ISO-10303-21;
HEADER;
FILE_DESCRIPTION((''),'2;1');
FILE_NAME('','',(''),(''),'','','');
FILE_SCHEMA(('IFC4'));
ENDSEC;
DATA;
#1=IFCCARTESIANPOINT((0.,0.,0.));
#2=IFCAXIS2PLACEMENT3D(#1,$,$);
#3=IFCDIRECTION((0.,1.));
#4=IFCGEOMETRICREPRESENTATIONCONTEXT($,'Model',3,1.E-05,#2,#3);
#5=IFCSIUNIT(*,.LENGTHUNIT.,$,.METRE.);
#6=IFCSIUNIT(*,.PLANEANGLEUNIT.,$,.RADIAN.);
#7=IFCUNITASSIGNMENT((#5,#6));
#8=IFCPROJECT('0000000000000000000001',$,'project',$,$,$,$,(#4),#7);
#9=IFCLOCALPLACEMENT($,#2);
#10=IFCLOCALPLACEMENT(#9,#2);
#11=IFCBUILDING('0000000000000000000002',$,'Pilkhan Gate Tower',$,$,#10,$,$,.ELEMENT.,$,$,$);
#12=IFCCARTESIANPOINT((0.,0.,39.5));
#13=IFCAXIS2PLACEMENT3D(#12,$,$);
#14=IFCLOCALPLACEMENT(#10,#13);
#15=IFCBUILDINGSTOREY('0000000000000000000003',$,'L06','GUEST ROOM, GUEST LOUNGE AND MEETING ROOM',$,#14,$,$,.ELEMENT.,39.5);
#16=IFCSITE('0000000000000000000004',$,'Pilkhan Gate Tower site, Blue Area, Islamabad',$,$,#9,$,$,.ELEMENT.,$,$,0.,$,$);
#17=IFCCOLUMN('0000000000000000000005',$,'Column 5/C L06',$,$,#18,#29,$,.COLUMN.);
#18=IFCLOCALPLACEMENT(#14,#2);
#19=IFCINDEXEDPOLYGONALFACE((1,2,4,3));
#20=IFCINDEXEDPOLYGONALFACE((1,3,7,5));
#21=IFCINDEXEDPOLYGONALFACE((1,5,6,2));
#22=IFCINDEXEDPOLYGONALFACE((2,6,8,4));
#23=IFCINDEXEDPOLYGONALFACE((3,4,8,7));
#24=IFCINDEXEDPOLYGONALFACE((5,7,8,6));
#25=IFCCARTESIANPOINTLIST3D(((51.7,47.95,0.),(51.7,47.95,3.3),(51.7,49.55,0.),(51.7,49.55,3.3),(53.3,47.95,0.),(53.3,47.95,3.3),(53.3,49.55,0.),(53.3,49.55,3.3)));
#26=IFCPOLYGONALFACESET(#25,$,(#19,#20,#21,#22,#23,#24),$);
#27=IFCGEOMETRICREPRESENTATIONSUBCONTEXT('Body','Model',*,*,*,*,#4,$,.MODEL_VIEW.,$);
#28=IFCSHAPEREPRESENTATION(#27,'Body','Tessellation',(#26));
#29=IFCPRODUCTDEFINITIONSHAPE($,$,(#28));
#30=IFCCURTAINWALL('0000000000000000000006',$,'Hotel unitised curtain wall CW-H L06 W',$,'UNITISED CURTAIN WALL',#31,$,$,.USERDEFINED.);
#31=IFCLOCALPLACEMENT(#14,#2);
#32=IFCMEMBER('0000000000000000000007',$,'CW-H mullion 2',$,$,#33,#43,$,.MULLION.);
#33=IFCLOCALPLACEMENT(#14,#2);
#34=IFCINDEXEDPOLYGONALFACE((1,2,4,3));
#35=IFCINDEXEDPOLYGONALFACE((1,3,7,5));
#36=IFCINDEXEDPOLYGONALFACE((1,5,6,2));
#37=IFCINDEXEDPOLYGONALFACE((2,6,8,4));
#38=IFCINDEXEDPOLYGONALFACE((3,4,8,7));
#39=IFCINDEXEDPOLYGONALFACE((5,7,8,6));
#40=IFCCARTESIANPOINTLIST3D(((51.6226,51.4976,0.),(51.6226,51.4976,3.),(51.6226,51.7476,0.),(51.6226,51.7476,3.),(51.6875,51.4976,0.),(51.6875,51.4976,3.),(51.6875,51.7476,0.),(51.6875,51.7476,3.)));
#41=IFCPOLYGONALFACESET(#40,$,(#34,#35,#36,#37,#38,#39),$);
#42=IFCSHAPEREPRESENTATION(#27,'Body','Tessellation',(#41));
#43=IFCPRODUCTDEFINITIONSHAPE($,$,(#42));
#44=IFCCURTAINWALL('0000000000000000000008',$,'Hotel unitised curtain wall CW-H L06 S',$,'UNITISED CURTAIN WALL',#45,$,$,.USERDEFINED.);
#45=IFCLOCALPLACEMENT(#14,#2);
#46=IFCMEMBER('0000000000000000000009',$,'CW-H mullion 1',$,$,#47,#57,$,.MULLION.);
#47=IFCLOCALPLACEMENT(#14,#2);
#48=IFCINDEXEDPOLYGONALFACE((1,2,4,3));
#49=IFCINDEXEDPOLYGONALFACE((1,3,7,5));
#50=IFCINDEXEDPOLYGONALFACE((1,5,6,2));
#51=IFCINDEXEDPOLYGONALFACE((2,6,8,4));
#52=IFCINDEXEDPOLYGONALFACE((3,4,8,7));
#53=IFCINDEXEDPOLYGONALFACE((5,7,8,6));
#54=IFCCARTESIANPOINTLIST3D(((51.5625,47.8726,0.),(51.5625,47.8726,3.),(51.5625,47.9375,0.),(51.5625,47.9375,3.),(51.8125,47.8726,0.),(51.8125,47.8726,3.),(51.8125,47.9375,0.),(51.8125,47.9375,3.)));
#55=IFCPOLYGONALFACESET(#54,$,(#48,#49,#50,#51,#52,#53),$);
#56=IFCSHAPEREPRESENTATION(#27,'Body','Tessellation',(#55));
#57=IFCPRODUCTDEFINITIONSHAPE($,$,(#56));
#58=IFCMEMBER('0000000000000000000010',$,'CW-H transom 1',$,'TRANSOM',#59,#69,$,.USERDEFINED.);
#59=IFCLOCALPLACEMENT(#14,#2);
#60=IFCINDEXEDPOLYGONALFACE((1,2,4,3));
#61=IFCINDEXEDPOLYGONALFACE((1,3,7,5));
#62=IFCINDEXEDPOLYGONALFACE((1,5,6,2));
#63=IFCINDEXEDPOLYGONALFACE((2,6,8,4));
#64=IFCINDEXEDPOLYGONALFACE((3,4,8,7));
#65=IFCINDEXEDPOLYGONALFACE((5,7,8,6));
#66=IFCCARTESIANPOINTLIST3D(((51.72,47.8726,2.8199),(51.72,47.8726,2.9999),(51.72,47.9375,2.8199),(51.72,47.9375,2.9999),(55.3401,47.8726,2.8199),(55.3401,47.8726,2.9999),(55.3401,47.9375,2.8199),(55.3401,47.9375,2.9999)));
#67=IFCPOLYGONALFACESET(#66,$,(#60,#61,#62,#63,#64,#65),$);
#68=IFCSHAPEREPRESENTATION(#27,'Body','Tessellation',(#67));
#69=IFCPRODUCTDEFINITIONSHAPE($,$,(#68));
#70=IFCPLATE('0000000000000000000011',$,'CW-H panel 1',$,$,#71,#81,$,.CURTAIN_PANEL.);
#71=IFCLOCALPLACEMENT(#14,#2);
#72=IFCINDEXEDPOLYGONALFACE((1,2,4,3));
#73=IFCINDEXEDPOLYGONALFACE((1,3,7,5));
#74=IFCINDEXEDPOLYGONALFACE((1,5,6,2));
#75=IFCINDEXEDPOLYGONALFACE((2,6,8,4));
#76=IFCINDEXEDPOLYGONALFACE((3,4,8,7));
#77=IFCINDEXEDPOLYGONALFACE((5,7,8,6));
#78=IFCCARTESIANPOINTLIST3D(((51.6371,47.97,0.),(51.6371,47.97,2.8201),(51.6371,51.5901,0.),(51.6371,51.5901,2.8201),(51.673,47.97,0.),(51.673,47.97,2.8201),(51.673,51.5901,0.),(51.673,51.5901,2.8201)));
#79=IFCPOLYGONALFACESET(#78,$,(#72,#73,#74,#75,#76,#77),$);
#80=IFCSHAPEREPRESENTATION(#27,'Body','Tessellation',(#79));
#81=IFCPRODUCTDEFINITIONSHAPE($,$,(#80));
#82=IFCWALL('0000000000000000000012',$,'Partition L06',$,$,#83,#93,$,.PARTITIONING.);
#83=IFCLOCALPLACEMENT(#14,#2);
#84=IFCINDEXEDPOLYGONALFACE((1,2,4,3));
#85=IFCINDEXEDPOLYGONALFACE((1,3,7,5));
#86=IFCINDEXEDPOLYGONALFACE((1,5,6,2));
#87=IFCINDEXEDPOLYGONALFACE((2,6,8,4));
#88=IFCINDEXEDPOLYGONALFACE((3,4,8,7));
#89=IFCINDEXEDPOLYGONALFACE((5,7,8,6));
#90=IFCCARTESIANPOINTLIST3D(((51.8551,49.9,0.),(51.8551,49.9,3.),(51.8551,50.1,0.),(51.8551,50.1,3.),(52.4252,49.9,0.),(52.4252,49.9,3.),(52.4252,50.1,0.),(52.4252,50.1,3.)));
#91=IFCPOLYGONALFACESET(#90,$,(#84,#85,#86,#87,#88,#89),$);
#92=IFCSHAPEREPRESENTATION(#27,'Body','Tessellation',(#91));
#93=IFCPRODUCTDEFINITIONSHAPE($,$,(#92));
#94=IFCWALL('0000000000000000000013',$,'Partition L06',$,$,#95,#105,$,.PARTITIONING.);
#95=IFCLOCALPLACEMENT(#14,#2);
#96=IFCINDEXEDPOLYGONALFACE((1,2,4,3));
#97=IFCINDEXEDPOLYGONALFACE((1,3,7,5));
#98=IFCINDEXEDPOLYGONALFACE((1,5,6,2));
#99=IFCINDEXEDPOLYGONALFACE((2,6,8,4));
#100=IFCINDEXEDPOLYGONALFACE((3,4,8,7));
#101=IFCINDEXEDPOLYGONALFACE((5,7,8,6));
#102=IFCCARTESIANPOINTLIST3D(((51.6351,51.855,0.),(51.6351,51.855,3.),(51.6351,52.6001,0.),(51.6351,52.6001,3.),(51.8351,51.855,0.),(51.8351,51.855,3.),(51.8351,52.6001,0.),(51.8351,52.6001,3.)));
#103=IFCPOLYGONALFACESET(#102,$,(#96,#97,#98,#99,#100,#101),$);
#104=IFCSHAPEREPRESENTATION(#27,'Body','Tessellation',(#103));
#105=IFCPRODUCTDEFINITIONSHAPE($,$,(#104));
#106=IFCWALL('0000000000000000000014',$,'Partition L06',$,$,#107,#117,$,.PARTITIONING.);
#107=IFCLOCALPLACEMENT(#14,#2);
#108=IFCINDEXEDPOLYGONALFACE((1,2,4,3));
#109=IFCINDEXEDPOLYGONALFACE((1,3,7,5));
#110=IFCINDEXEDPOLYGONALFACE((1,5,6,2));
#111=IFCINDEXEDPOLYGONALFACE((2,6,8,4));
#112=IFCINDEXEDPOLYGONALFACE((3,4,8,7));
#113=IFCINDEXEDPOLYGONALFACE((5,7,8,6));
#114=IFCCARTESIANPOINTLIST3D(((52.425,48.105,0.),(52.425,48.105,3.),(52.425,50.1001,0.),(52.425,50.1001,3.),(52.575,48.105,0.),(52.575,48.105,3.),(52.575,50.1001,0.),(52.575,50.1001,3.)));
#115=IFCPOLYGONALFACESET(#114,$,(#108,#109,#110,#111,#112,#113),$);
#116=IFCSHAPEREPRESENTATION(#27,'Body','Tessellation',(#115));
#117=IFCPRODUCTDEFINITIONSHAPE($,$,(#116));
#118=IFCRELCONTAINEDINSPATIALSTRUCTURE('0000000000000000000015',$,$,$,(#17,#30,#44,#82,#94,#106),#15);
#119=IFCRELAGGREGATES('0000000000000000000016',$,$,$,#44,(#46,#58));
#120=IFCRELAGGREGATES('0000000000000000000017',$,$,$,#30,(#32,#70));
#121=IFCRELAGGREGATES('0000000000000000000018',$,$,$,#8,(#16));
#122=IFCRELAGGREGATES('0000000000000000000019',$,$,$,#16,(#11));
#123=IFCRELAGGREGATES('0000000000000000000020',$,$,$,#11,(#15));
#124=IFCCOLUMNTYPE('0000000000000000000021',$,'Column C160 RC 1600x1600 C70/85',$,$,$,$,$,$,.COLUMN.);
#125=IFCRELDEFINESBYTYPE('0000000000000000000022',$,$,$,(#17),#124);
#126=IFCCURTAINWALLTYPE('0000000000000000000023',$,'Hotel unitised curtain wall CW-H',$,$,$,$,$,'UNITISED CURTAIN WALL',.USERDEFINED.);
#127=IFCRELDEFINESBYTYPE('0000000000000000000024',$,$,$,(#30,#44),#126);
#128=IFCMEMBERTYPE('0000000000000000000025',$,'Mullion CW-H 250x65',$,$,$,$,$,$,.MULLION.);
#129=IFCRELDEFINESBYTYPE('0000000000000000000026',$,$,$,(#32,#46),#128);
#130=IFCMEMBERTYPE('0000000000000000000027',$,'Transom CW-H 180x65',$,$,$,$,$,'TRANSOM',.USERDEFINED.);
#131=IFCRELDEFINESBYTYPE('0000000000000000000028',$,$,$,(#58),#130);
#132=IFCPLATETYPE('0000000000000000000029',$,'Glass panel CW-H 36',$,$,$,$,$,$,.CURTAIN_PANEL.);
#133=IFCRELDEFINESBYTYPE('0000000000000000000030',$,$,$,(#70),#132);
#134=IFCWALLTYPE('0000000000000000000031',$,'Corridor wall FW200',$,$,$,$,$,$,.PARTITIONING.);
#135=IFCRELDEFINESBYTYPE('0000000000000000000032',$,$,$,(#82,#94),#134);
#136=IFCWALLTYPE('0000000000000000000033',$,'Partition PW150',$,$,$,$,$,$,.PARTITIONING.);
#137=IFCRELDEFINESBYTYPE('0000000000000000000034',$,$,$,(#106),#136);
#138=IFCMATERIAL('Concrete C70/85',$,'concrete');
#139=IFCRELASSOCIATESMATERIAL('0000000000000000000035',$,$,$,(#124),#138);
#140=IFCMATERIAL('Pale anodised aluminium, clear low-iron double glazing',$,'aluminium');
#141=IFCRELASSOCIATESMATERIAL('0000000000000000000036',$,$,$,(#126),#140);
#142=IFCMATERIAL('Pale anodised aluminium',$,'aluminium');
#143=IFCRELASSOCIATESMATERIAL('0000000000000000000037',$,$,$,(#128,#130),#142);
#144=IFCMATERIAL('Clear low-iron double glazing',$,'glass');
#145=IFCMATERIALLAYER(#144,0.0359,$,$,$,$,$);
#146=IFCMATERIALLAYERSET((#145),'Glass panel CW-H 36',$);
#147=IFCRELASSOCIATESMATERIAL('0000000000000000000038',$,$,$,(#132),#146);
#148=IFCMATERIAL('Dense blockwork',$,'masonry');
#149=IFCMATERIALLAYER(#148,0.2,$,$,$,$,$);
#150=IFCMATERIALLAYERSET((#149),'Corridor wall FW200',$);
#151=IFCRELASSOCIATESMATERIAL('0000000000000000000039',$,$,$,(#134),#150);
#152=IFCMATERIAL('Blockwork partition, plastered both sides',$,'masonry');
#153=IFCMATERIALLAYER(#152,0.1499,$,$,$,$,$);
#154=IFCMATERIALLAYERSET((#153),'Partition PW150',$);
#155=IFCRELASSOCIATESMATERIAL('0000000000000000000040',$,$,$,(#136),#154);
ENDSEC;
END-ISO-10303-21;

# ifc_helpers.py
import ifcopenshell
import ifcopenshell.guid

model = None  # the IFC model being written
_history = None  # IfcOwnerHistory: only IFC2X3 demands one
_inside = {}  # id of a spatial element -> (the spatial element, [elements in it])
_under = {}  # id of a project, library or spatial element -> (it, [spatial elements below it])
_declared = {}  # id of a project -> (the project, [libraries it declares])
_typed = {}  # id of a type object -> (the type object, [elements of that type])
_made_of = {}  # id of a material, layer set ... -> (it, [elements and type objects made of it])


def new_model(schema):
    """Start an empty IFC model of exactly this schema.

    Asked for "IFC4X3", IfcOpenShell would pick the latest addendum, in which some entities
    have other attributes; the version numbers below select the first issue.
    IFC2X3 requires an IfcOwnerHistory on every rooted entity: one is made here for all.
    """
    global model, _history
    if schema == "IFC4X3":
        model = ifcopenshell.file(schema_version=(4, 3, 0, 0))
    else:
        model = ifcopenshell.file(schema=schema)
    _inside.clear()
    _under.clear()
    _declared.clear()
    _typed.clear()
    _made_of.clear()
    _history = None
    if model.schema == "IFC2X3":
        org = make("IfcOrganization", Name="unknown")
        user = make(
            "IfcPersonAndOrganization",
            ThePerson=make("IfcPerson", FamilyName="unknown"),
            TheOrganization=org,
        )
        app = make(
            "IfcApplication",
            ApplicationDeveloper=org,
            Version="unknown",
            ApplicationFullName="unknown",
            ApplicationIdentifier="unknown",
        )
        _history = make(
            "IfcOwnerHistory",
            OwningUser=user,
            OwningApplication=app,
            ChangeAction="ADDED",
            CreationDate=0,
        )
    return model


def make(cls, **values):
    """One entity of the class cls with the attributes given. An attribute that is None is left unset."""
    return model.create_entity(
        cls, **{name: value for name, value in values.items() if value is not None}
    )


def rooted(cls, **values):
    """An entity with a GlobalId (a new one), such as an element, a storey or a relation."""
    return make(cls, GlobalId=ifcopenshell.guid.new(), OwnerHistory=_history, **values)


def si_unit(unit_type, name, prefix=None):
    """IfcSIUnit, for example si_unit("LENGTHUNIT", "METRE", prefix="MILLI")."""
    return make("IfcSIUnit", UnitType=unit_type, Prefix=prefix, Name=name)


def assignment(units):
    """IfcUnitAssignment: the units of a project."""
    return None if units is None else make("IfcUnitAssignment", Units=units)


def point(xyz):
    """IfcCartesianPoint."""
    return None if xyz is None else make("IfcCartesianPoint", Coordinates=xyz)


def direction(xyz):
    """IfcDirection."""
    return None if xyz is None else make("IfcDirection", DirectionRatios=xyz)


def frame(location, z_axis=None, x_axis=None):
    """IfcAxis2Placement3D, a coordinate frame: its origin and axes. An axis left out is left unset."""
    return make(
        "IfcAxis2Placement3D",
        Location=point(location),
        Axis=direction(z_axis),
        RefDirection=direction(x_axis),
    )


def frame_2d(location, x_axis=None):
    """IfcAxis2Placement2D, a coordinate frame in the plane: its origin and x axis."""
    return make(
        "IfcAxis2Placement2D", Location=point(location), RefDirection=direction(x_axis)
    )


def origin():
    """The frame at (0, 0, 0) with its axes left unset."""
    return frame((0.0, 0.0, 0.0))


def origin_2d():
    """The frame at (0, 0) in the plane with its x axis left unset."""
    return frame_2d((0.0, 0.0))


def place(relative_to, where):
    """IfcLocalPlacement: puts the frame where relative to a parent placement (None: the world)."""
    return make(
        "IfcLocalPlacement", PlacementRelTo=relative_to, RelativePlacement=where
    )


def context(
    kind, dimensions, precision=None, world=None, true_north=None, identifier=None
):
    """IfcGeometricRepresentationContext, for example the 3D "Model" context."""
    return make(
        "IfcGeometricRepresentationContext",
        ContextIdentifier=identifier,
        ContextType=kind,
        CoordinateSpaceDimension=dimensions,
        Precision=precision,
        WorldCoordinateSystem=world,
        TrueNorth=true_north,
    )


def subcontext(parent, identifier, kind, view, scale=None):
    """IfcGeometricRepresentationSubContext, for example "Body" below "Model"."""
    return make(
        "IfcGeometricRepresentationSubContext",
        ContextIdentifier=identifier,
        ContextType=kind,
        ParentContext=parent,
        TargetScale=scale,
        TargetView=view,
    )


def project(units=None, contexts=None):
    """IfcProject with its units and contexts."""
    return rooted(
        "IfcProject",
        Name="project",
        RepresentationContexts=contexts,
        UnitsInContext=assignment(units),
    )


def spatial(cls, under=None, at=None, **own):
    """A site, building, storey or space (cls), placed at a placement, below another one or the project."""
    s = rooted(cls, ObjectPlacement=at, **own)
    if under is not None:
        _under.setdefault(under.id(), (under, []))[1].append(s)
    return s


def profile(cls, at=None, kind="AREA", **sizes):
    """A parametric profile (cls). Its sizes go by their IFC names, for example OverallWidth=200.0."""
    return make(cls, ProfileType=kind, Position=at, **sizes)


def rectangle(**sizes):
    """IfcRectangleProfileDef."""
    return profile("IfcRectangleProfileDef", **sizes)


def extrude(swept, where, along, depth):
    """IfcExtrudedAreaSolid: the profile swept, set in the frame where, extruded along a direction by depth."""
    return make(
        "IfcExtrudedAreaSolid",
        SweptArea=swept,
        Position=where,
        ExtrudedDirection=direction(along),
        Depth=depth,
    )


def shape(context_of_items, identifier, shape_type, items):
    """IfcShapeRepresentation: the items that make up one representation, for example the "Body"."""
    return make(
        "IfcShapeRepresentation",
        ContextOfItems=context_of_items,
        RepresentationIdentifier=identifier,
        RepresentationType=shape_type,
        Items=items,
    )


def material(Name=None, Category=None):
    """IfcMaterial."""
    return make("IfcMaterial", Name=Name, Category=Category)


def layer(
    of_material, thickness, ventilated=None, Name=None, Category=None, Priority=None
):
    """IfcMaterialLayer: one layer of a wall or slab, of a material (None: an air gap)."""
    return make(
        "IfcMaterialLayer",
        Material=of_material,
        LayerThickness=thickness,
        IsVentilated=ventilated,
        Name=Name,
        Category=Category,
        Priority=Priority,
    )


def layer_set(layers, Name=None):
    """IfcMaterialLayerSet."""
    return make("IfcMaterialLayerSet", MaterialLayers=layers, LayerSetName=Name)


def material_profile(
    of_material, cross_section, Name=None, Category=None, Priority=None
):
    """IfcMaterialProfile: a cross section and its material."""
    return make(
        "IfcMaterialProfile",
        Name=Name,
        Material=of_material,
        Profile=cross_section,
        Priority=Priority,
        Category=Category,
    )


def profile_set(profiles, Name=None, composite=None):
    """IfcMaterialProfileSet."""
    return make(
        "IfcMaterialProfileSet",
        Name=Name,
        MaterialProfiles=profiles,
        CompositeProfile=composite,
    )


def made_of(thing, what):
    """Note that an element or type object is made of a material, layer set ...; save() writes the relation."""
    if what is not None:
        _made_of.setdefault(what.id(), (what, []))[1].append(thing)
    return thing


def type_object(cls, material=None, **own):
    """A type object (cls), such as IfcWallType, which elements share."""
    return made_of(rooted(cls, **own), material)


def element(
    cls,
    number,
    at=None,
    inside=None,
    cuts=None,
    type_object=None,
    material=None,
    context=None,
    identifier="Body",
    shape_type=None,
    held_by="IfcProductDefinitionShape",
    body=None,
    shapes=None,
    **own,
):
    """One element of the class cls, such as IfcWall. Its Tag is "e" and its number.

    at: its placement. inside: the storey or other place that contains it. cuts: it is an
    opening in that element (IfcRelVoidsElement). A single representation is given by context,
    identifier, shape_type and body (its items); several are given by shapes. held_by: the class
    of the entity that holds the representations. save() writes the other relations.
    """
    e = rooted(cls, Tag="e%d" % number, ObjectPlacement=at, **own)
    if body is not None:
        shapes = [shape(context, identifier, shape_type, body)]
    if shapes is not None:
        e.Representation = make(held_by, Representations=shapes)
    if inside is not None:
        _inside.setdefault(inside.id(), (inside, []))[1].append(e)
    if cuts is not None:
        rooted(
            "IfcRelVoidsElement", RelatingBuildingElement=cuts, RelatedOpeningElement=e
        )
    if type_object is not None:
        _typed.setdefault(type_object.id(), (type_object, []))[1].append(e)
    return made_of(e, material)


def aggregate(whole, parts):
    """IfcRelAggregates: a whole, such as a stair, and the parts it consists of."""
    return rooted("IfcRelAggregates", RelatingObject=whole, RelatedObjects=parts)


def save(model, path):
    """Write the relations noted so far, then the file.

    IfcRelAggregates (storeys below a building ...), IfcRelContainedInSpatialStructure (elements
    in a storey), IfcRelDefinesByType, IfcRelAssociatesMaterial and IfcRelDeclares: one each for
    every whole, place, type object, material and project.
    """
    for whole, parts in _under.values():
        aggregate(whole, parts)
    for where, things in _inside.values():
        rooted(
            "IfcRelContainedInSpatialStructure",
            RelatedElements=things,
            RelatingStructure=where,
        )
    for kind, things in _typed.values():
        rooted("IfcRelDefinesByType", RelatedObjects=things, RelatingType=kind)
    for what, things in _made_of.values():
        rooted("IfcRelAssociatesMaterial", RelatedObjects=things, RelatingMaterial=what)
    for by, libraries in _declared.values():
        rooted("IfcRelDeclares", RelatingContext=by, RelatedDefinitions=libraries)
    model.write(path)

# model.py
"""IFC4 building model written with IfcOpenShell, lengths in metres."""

from ifc_helpers import new_model, si_unit, direction, frame, frame_2d, origin, origin_2d, place, context, subcontext, project, spatial, rectangle, extrude, material, layer, layer_set, material_profile, profile_set, type_object, element, aggregate, save


model = new_model("IFC4")

# Units and contexts
model_context = context("Model", 3, precision=1e-05, world=origin(), true_north=direction((0.0, 1.0)))
body_context = subcontext(model_context, "Body", "Model", "MODEL_VIEW")
ifc_project = project(units=[si_unit("LENGTHUNIT", "METRE"), si_unit("PLANEANGLEUNIT", "RADIAN")], contexts=[model_context])

# Site, building, storey
site_placement = place(None, origin())
site = spatial("IfcSite", under=ifc_project, at=site_placement, Name="Pilkhan Gate Tower site, Blue Area, Islamabad", CompositionType="ELEMENT", RefElevation=0.0)
building_placement = place(site_placement, origin())
building = spatial("IfcBuilding", under=site, at=building_placement, Name="Pilkhan Gate Tower", CompositionType="ELEMENT")
storey_placement = place(building_placement, frame((0.0, 0.0, 39.5)))
storey = spatial("IfcBuildingStorey", under=building, at=storey_placement, Name="L06", Description="GUEST ROOM, GUEST LOUNGE AND MEETING ROOM", CompositionType="ELEMENT", Elevation=39.5)

# Column
ifc_material_1 = material(Name="Concrete C70/85", Category="concrete")
ifc_material_profile_1 = material_profile(ifc_material_1, rectangle(XDim=1.6001, YDim=1.6001, at=origin_2d()), Name="RC 1600x1600")
ifc_profile_set_1 = profile_set([ifc_material_profile_1], Name="Concrete C70/85")
column_type = type_object("IfcColumnType", Name="Column C160 RC 1600x1600 C70/85", PredefinedType="COLUMN", material=ifc_profile_set_1)
column_placement = place(storey_placement, frame((52.5, 48.75, 0.0), z_axis=(0.0, 0.0, 1.0), x_axis=(1.0, 0.0, 0.0)))
element("IfcColumn", 1, at=column_placement, inside=storey, type_object=column_type, Name="Column 5/C L06", PredefinedType="COLUMN", context=body_context, shape_type="SweptSolid", body=[
    extrude(rectangle(XDim=1.6001, YDim=1.6001, at=origin_2d()), origin(), (0.0, 0.0, 1.0), 3.3),
])

# Curtain wall, member
ifc_material_2 = material(Name="Pale anodised aluminium, clear low-iron double glazing", Category="aluminium")
curtain_wall_type = type_object("IfcCurtainWallType", Name="Hotel unitised curtain wall CW-H", ElementType="UNITISED CURTAIN WALL", PredefinedType="USERDEFINED", material=ifc_material_2)
curtain_wall_1_placement = place(storey_placement, origin())
curtain_wall_1 = element("IfcCurtainWall", 2, at=curtain_wall_1_placement, inside=storey, type_object=curtain_wall_type, Name="Hotel unitised curtain wall CW-H L06 W", ObjectType="UNITISED CURTAIN WALL", PredefinedType="USERDEFINED")
ifc_material_3 = material(Name="Pale anodised aluminium", Category="aluminium")
ifc_material_profile_2 = material_profile(ifc_material_3, rectangle(XDim=0.0649, YDim=0.25, at=origin_2d()), Name="Mullion 250x65")
ifc_profile_set_2 = profile_set([ifc_material_profile_2], Name="Pale anodised aluminium")
member_type_1 = type_object("IfcMemberType", Name="Mullion CW-H 250x65", PredefinedType="MULLION", material=ifc_profile_set_2)
member_1_placement = place(storey_placement, frame((51.655, 51.6226, 0.0), z_axis=(0.0, 0.0, 1.0), x_axis=(-1.0, 0.0, 0.0)))
member_1 = element("IfcMember", 3, at=member_1_placement, type_object=member_type_1, Name="CW-H mullion 2", PredefinedType="MULLION", context=body_context, shape_type="SweptSolid", body=[
    extrude(rectangle(XDim=0.0649, YDim=0.25, at=origin_2d()), origin(), (0.0, 0.0, 1.0), 3.0),
])

# Curtain wall, members
curtain_wall_2_placement = place(storey_placement, origin())
curtain_wall_2 = element("IfcCurtainWall", 4, at=curtain_wall_2_placement, inside=storey, type_object=curtain_wall_type, Name="Hotel unitised curtain wall CW-H L06 S", ObjectType="UNITISED CURTAIN WALL", PredefinedType="USERDEFINED")
member_2_placement = place(storey_placement, frame((51.6875, 47.905, 0.0), z_axis=(0.0, 0.0, 1.0), x_axis=(0.0, 1.0, 0.0)))
member_2 = element("IfcMember", 5, at=member_2_placement, type_object=member_type_1, Name="CW-H mullion 1", PredefinedType="MULLION", context=body_context, shape_type="SweptSolid", body=[
    extrude(rectangle(XDim=0.0649, YDim=0.25, at=origin_2d()), origin(), (0.0, 0.0, 1.0), 3.0),
])
ifc_material_profile_3 = material_profile(ifc_material_3, rectangle(XDim=0.0649, YDim=0.1799, at=origin_2d()), Name="Transom 180x65")
ifc_profile_set_3 = profile_set([ifc_material_profile_3], Name="Pale anodised aluminium")
member_type_2 = type_object("IfcMemberType", Name="Transom CW-H 180x65", ElementType="TRANSOM", PredefinedType="USERDEFINED", material=ifc_profile_set_3)
member_3_placement = place(storey_placement, frame((51.72, 47.905, 2.9099), z_axis=(1.0, 0.0, 0.0), x_axis=(0.0, 1.0, 0.0)))
member_3 = element("IfcMember", 6, at=member_3_placement, type_object=member_type_2, Name="CW-H transom 1", ObjectType="TRANSOM", PredefinedType="USERDEFINED", context=body_context, shape_type="SweptSolid", body=[
    extrude(rectangle(XDim=0.0649, YDim=0.1799, at=origin_2d()), origin(), (0.0, 0.0, 1.0), 3.6201),
])
aggregate(curtain_wall_2, [member_2, member_3])

# Plate
ifc_material_4 = material(Name="Clear low-iron double glazing", Category="glass")
ifc_layer_1 = layer(ifc_material_4, 0.0359)
ifc_layer_set_1 = layer_set([ifc_layer_1], Name="Glass panel CW-H 36")
plate_type = type_object("IfcPlateType", Name="Glass panel CW-H 36", PredefinedType="CURTAIN_PANEL", material=ifc_layer_set_1)
plate_placement = place(storey_placement, frame((51.655, 49.78, 0.0), z_axis=(0.0, 0.0, 1.0), x_axis=(0.0, 1.0, 0.0)))
plate = element("IfcPlate", 7, at=plate_placement, type_object=plate_type, Name="CW-H panel 1", PredefinedType="CURTAIN_PANEL", context=body_context, shape_type="SweptSolid", body=[
    extrude(rectangle(XDim=3.6201, YDim=0.0359, at=origin_2d()), origin(), (0.0, 0.0, 1.0), 2.8201),
])
aggregate(curtain_wall_1, [member_1, plate])

# Wall
ifc_material_5 = material(Name="Dense blockwork", Category="masonry")
ifc_layer_2 = layer(ifc_material_5, 0.2)
ifc_layer_set_2 = layer_set([ifc_layer_2], Name="Corridor wall FW200")
wall_type_1 = type_object("IfcWallType", Name="Corridor wall FW200", PredefinedType="PARTITIONING", material=ifc_layer_set_2)
wall_1_placement = place(storey_placement, frame((51.855, 50.0, 0.0), z_axis=(0.0, 0.0, 1.0), x_axis=(1.0, 0.0, 0.0)))
element("IfcWall", 8, at=wall_1_placement, inside=storey, type_object=wall_type_1, Name="Partition L06", PredefinedType="PARTITIONING", context=body_context, shape_type="SweptSolid", body=[
    extrude(rectangle(XDim=0.5701, YDim=0.2, at=frame_2d((0.2852, 0.0))), origin(), (0.0, 0.0, 1.0), 3.0),
])

# Walls
wall_2_placement = place(storey_placement, frame((51.7351, 51.855, 0.0), z_axis=(0.0, 0.0, 1.0), x_axis=(0.0, 1.0, 0.0)))
element("IfcWall", 9, at=wall_2_placement, inside=storey, type_object=wall_type_1, Name="Partition L06", PredefinedType="PARTITIONING", context=body_context, shape_type="SweptSolid", body=[
    extrude(rectangle(XDim=0.7451, YDim=0.2, at=frame_2d((0.3726, 0.0))), origin(), (0.0, 0.0, 1.0), 3.0),
])
ifc_material_6 = material(Name="Blockwork partition, plastered both sides", Category="masonry")
ifc_layer_3 = layer(ifc_material_6, 0.1499)
ifc_layer_set_3 = layer_set([ifc_layer_3], Name="Partition PW150")
wall_type_2 = type_object("IfcWallType", Name="Partition PW150", PredefinedType="PARTITIONING", material=ifc_layer_set_3)
wall_3_placement = place(storey_placement, frame((52.5, 48.105, 0.0), z_axis=(0.0, 0.0, 1.0), x_axis=(0.0, 1.0, 0.0)))
element("IfcWall", 10, at=wall_3_placement, inside=storey, type_object=wall_type_2, Name="Partition L06", PredefinedType="PARTITIONING", context=body_context, shape_type="SweptSolid", body=[
    extrude(rectangle(XDim=1.9951, YDim=0.1499, at=frame_2d((0.9976, 0.0))), origin(), (0.0, 0.0, 1.0), 3.0),
])

save(model, "model.ifc")
